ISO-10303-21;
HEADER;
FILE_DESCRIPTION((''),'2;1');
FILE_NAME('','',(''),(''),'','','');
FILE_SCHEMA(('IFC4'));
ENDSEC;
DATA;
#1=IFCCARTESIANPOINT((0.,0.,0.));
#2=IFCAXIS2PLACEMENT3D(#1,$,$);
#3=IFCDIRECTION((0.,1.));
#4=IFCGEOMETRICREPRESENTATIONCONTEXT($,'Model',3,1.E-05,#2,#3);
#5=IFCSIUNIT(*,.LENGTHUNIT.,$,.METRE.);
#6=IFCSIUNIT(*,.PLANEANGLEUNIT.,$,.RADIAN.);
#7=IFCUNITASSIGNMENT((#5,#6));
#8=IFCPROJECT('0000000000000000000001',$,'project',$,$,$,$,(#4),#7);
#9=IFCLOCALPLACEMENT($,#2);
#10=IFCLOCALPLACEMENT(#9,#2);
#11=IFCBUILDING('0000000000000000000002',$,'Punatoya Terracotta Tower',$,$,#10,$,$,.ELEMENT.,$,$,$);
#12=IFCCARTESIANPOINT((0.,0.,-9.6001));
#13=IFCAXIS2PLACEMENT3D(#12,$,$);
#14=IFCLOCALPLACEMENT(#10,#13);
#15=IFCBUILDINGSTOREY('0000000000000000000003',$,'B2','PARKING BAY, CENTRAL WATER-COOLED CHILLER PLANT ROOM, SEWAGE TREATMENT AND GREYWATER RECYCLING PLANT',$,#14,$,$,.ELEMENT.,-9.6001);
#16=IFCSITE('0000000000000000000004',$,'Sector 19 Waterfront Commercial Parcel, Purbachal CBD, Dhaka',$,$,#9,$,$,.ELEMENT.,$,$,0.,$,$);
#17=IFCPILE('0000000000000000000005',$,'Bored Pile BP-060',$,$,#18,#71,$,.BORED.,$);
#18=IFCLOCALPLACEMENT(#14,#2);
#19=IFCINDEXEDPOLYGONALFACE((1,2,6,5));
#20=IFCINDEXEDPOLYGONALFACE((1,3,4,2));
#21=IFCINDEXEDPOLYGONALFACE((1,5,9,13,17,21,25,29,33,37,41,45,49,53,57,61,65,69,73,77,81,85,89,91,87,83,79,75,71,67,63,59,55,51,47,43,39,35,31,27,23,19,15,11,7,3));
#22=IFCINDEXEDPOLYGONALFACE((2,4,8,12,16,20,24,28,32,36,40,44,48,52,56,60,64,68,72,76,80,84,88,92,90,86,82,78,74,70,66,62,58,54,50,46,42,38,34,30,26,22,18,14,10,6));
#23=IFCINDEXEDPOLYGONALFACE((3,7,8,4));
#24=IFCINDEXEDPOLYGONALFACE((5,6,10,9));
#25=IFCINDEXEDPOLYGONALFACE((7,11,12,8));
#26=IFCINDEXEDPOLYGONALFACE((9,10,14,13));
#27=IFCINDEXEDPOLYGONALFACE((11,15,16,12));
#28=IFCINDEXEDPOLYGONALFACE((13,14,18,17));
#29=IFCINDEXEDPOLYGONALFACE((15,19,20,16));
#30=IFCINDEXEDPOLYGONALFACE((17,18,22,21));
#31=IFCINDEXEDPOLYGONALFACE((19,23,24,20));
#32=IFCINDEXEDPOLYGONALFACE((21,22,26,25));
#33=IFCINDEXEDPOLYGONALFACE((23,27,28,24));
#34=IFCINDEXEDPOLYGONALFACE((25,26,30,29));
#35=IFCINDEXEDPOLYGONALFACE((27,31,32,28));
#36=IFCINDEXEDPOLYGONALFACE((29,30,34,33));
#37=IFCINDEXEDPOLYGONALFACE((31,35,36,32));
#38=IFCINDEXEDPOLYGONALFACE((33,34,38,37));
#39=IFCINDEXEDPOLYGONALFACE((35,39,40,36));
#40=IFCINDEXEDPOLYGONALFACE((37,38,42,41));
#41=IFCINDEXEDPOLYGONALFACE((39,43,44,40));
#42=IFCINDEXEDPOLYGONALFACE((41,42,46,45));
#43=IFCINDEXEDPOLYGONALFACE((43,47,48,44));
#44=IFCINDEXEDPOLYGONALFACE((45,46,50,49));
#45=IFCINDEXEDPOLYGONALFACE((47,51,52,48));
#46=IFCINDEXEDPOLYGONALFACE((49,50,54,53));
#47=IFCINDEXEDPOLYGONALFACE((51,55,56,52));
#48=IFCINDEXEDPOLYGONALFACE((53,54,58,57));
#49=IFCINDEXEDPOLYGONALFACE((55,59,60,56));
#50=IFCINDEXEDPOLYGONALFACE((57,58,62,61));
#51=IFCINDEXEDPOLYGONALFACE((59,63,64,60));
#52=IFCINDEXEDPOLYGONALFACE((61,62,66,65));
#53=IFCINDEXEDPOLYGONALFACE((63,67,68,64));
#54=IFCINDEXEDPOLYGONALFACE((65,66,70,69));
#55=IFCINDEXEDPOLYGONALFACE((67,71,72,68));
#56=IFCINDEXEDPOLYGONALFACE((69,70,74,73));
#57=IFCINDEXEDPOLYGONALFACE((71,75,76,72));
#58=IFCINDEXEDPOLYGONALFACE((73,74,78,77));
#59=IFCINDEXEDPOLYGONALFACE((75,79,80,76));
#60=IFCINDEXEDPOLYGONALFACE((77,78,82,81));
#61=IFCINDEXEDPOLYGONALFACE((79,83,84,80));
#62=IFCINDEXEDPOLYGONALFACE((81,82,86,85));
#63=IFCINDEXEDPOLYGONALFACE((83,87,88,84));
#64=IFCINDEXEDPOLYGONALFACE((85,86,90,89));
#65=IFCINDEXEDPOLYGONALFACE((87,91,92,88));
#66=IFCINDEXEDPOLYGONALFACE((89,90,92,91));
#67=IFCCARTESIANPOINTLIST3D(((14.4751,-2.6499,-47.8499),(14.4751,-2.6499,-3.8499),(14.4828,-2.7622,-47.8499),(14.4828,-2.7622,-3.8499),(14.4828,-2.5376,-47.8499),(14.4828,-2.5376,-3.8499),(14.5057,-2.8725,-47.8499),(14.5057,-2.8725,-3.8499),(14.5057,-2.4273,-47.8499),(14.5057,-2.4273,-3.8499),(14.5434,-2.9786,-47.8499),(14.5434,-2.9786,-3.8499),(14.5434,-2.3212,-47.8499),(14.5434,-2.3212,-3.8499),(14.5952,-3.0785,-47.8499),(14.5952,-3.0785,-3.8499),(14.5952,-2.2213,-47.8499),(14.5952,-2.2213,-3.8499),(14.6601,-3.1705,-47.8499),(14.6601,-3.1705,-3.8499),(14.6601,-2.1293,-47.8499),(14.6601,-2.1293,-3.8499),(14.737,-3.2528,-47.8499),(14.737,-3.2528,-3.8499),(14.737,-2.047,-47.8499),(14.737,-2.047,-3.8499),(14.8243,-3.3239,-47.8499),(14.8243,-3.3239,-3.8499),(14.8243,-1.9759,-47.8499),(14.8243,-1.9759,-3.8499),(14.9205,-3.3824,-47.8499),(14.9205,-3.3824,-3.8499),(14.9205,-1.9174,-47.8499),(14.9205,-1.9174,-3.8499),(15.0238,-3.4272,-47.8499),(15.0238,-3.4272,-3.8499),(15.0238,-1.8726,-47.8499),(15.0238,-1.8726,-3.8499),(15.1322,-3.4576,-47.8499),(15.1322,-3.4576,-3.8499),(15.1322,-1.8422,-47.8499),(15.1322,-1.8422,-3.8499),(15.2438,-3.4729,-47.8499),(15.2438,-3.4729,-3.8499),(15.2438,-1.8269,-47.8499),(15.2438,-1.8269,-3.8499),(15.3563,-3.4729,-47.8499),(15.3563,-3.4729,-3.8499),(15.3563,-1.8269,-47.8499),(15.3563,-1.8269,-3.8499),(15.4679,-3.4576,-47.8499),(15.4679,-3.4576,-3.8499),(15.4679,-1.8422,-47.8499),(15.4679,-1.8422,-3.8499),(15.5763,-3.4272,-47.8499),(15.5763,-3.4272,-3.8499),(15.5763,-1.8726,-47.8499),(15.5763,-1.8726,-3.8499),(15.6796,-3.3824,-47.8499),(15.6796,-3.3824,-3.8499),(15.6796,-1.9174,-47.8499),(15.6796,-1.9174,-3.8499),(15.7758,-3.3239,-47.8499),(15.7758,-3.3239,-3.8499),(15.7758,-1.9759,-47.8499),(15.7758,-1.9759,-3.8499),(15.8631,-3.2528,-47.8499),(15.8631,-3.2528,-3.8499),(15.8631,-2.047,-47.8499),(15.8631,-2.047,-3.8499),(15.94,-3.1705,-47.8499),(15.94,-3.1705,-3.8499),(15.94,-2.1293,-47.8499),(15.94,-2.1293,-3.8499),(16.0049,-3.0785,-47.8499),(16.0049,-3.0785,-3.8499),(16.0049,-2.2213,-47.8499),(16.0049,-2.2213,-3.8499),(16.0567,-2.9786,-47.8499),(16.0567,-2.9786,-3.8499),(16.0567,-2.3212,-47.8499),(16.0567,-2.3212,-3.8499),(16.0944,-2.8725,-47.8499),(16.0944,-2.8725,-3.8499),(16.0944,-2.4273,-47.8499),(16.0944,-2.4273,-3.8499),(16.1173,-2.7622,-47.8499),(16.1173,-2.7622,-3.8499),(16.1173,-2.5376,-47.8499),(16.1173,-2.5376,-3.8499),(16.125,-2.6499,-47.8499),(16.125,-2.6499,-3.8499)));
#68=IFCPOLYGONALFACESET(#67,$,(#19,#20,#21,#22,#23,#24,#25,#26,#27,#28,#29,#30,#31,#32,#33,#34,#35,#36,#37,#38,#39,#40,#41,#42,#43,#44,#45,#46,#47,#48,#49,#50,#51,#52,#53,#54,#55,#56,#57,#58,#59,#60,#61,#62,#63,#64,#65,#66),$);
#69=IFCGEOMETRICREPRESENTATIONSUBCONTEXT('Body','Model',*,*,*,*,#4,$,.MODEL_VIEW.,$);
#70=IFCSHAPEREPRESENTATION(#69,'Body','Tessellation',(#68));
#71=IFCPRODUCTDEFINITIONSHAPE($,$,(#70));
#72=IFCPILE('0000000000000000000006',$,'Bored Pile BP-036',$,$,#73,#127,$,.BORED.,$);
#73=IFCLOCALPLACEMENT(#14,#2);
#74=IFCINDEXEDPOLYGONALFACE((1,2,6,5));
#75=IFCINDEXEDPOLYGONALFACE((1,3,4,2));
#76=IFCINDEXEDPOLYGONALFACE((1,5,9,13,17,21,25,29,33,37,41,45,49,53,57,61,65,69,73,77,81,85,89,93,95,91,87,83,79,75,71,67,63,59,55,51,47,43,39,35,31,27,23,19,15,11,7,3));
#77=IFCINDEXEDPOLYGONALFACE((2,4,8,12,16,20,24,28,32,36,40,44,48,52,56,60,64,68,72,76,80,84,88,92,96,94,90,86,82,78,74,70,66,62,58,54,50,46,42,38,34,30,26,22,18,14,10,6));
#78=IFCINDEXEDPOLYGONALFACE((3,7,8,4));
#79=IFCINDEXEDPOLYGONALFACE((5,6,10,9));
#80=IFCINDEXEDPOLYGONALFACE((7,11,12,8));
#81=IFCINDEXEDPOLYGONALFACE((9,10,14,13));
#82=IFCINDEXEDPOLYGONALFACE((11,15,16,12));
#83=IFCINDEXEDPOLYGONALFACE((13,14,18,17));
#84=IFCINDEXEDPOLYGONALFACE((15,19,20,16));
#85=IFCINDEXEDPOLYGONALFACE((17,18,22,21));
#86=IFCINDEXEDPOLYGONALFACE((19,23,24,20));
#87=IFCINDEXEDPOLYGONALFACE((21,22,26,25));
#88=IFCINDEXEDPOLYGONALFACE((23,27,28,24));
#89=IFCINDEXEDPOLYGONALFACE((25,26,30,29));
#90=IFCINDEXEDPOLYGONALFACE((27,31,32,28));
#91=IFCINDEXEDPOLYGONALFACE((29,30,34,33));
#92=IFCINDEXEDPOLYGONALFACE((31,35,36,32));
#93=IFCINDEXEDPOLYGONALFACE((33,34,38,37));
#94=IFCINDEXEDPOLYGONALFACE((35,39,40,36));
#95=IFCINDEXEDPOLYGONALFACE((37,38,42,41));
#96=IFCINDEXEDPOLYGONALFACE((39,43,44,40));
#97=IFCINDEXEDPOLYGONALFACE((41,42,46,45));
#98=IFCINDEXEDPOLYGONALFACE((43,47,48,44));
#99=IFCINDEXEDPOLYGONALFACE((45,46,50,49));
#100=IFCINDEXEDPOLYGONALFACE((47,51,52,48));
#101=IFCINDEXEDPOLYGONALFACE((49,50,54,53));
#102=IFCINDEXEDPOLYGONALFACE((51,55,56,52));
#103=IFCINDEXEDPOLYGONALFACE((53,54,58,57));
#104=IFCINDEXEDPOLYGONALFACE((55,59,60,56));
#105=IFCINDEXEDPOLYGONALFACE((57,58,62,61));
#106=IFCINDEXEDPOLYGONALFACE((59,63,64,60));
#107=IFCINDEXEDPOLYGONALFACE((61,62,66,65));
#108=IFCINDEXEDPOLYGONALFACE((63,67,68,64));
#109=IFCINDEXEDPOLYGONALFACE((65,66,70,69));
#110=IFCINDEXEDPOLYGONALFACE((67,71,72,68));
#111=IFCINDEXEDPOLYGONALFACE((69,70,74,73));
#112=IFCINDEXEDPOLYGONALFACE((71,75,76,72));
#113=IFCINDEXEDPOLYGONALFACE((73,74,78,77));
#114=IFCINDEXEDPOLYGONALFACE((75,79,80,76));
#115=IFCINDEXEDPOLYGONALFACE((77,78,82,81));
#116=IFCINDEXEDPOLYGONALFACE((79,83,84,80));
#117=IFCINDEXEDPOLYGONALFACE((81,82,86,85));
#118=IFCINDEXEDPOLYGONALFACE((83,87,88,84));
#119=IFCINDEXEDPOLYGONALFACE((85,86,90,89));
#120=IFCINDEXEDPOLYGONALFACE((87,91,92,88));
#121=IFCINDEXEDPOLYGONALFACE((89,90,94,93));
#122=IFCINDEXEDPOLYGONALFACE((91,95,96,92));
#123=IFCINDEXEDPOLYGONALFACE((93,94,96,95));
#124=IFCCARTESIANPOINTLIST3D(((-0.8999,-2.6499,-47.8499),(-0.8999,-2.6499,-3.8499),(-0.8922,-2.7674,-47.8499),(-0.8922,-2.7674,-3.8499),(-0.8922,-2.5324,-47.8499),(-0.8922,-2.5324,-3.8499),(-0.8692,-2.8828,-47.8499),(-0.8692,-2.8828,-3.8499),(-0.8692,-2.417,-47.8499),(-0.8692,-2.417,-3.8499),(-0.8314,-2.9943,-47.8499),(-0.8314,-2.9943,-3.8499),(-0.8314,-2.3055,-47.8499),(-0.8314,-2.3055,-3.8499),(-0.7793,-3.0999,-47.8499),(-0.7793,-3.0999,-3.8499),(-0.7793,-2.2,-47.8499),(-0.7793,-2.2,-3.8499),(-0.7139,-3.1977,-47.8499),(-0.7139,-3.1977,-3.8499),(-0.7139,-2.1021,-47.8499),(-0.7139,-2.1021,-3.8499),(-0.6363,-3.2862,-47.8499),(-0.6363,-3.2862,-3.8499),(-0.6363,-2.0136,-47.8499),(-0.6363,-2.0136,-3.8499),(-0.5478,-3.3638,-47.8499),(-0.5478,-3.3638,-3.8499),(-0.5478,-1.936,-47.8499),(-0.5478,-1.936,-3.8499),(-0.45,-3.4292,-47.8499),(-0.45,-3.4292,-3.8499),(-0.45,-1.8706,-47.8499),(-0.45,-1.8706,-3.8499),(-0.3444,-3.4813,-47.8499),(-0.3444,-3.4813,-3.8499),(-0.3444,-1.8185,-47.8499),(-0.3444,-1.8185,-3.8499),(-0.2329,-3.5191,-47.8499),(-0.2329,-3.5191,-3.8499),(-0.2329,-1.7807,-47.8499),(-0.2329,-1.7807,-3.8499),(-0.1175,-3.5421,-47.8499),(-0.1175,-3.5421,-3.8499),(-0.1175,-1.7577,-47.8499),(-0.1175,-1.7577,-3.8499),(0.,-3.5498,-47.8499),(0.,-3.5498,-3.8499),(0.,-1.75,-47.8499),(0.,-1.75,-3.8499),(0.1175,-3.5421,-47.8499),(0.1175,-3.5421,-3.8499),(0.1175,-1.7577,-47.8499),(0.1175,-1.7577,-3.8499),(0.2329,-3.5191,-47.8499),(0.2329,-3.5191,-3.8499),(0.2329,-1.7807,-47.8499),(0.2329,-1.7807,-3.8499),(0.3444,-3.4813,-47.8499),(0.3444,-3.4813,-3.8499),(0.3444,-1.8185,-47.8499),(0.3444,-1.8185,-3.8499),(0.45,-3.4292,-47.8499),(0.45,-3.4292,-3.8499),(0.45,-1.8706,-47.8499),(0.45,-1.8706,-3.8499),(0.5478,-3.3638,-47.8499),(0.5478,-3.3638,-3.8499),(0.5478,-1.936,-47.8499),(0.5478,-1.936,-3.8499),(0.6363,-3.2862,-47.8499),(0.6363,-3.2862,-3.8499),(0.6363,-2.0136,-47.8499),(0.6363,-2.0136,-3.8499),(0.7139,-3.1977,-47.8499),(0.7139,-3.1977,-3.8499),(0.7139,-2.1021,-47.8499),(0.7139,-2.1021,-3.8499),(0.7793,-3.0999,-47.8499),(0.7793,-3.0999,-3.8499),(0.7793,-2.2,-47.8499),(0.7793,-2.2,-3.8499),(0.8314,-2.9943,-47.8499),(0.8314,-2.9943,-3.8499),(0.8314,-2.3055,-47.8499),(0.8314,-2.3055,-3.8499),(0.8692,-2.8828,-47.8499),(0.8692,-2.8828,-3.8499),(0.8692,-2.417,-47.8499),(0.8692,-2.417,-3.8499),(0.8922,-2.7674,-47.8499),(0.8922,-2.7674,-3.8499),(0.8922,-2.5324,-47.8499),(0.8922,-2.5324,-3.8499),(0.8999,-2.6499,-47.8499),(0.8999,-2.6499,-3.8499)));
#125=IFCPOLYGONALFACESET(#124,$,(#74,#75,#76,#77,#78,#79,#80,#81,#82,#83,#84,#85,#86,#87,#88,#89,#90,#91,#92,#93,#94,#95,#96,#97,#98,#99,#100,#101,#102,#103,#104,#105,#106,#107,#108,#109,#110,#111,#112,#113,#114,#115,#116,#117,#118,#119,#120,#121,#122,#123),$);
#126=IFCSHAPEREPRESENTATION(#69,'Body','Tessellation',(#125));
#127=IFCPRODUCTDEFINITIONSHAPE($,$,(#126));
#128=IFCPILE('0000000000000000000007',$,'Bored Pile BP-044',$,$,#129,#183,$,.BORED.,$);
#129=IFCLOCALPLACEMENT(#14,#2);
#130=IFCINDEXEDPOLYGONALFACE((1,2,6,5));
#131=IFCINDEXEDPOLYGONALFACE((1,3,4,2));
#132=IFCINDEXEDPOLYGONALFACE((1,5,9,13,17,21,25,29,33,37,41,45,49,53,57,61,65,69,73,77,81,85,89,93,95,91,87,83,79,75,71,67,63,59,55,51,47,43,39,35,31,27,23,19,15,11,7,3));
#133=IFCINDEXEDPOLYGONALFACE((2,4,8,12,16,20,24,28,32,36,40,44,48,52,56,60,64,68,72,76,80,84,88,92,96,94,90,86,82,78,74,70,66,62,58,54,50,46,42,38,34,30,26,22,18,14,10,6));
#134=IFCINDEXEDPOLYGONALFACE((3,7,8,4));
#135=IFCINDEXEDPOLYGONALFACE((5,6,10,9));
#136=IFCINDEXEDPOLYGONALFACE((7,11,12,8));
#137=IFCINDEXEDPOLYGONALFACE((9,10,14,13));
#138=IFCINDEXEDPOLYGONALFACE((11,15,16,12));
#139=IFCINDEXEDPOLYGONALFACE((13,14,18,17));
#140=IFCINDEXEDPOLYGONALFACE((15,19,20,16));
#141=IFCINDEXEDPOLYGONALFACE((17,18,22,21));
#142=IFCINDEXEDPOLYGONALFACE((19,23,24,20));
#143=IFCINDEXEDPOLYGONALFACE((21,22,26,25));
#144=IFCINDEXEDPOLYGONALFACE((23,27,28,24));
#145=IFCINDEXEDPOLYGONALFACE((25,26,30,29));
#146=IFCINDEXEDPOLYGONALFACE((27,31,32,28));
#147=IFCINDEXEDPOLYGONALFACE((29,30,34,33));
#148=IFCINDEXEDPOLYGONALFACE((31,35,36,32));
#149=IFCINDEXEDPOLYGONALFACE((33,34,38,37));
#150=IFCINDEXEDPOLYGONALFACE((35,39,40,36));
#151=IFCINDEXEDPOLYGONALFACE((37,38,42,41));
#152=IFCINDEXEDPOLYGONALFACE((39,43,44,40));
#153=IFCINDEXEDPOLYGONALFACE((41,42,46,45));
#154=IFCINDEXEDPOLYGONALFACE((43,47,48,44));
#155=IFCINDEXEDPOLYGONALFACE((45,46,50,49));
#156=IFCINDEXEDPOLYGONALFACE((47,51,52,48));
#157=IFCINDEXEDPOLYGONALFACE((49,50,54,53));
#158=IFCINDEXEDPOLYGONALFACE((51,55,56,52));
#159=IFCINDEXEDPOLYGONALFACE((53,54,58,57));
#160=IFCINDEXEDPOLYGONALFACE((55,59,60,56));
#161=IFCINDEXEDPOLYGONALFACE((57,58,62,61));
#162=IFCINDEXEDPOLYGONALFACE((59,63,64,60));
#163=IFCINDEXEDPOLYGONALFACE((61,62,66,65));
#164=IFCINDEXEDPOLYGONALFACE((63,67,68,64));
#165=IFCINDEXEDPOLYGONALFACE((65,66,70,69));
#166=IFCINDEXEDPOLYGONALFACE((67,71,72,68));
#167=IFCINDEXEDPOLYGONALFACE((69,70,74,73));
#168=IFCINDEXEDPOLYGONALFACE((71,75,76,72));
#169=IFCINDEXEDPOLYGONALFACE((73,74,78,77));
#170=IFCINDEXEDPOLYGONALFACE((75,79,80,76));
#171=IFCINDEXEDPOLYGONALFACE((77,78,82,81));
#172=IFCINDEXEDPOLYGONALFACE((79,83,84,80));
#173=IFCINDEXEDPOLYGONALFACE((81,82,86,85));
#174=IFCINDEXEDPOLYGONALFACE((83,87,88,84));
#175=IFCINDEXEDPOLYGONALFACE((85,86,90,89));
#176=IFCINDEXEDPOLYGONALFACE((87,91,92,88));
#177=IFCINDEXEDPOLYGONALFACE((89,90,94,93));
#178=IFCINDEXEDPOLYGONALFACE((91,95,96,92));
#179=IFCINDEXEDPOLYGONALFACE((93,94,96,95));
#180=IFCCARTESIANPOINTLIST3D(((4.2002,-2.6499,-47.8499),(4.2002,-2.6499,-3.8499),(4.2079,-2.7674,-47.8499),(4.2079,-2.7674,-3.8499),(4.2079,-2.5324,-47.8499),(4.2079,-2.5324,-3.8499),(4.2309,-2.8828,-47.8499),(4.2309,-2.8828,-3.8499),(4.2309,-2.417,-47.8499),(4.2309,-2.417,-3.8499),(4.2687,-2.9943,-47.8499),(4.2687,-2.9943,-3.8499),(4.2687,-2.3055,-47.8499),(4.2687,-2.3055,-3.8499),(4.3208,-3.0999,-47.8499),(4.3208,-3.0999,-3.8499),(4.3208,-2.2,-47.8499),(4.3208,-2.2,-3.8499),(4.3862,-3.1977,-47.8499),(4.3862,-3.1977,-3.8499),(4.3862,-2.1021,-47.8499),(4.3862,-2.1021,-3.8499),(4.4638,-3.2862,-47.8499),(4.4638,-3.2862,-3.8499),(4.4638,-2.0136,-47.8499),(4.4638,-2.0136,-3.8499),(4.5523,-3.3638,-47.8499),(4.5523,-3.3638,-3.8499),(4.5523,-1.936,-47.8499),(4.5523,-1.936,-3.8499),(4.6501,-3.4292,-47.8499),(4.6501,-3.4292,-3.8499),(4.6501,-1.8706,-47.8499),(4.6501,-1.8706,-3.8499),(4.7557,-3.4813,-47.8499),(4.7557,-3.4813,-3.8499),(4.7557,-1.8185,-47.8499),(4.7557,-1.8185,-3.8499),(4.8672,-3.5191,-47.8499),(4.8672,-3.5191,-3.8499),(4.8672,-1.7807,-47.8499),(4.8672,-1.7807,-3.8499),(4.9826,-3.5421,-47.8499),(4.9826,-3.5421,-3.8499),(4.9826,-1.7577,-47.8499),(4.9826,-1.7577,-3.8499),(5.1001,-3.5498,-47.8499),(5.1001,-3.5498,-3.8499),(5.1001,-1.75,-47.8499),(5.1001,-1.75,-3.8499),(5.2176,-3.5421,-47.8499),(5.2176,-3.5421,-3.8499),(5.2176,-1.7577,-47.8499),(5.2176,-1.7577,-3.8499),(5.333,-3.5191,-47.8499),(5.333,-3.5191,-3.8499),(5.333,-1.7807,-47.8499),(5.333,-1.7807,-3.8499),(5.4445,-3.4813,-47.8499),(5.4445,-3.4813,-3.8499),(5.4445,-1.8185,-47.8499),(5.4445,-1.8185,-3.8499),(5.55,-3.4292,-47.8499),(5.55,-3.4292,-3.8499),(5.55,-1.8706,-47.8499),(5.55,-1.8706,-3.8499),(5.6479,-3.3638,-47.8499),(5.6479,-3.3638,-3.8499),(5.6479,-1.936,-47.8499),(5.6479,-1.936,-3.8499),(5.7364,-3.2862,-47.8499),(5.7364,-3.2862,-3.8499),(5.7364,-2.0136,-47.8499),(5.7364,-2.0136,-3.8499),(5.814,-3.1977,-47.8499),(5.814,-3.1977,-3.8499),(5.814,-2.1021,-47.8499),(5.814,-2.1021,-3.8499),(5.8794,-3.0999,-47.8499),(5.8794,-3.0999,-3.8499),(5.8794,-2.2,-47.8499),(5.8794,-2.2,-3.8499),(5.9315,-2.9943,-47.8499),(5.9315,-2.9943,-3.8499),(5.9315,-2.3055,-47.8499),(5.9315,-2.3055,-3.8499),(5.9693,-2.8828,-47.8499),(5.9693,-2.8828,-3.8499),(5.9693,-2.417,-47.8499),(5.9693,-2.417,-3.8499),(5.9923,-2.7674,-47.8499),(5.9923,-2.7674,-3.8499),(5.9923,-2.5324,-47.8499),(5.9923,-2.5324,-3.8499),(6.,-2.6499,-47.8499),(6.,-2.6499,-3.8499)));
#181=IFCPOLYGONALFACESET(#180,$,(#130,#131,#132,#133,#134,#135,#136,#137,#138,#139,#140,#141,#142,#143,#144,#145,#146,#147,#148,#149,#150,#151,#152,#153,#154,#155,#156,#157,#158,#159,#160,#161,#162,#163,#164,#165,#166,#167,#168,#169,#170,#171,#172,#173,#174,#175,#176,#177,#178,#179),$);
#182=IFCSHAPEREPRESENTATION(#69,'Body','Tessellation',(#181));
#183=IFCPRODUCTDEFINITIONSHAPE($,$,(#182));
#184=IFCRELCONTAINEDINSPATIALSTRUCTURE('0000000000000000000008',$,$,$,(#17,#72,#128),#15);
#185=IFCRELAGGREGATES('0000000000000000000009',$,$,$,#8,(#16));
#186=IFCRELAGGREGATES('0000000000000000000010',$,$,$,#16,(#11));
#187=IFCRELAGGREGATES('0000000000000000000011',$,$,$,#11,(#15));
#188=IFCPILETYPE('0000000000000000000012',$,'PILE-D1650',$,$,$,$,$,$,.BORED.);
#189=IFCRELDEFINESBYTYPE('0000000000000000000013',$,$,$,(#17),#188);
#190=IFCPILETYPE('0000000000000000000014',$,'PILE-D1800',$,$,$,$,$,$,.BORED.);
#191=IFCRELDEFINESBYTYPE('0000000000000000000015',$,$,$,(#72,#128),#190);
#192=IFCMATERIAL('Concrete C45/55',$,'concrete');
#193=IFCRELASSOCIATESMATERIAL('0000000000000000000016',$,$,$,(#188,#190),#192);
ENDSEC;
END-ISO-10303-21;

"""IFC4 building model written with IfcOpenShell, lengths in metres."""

from ifc_helpers import new_model, si_unit, direction, frame, origin, origin_2d, place, context, subcontext, project, spatial, circle, extrude, material, material_profile, profile_set, type_object, element, save


model = new_model("IFC4")

# Units and contexts
model_context = context("Model", 3, precision=1e-05, world=origin(), true_north=direction((0.0, 1.0)))
body_context = subcontext(model_context, "Body", "Model", "MODEL_VIEW")
ifc_project = project(units=[si_unit("LENGTHUNIT", "METRE"), si_unit("PLANEANGLEUNIT", "RADIAN")], contexts=[model_context])

# Site, building, storey
site_placement = place(None, origin())
site = spatial("IfcSite", under=ifc_project, at=site_placement, Name="Sector 19 Waterfront Commercial Parcel, Purbachal CBD, Dhaka", CompositionType="ELEMENT", RefElevation=0.0)
building_placement = place(site_placement, origin())
building = spatial("IfcBuilding", under=site, at=building_placement, Name="Punatoya Terracotta Tower", CompositionType="ELEMENT")
storey_placement = place(building_placement, frame((0.0, 0.0, -9.6001)))
storey = spatial("IfcBuildingStorey", under=building, at=storey_placement, Name="B2", Description="PARKING BAY, CENTRAL WATER-COOLED CHILLER PLANT ROOM, SEWAGE TREATMENT AND GREYWATER RECYCLING PLANT", CompositionType="ELEMENT", Elevation=-9.6001)

# Shared definitions
ifc_material_1 = material(Name="Concrete C45/55", Category="concrete")

# Piles
ifc_material_profile_1 = material_profile(ifc_material_1, circle(Radius=0.825, at=origin_2d()))
ifc_profile_set_1 = profile_set([ifc_material_profile_1], Name="Concrete C45/55")
pile_type_1 = type_object("IfcPileType", Name="PILE-D1650", PredefinedType="BORED", material=ifc_profile_set_1)
for number, where, z_axis, x_axis, name in (
    (1, (15.3, -2.6499, -3.8499), (0.0, 0.0, -1.0), (1.0, 0.0, 0.0), "Bored Pile BP-060"),
):
    element("IfcPile", number, at=place(storey_placement, frame(where, z_axis=z_axis, x_axis=x_axis)), inside=storey, type_object=pile_type_1, Name=name, PredefinedType="BORED", context=body_context, shape_type="SweptSolid", body=[
        extrude(circle(Radius=0.825, at=origin_2d()), origin(), (0.0, 0.0, 1.0), 44.0),
    ])
ifc_material_profile_2 = material_profile(ifc_material_1, circle(Radius=0.8999, at=origin_2d()))
ifc_profile_set_2 = profile_set([ifc_material_profile_2], Name="Concrete C45/55")
pile_type_2 = type_object("IfcPileType", Name="PILE-D1800", PredefinedType="BORED", material=ifc_profile_set_2)
for number, where, z_axis, x_axis, name in (
    (2, (0.0, -2.6499, -3.8499), (0.0, 0.0, -1.0), (1.0, 0.0, 0.0), "Bored Pile BP-036"),
    (3, (5.1001, -2.6499, -3.8499), (0.0, 0.0, -1.0), (1.0, 0.0, 0.0), "Bored Pile BP-044"),
):
    element("IfcPile", number, at=place(storey_placement, frame(where, z_axis=z_axis, x_axis=x_axis)), inside=storey, type_object=pile_type_2, Name=name, PredefinedType="BORED", context=body_context, shape_type="SweptSolid", body=[
        extrude(circle(Radius=0.8999, at=origin_2d()), origin(), (0.0, 0.0, 1.0), 44.0),
    ])

save(model, "model.ifc")
